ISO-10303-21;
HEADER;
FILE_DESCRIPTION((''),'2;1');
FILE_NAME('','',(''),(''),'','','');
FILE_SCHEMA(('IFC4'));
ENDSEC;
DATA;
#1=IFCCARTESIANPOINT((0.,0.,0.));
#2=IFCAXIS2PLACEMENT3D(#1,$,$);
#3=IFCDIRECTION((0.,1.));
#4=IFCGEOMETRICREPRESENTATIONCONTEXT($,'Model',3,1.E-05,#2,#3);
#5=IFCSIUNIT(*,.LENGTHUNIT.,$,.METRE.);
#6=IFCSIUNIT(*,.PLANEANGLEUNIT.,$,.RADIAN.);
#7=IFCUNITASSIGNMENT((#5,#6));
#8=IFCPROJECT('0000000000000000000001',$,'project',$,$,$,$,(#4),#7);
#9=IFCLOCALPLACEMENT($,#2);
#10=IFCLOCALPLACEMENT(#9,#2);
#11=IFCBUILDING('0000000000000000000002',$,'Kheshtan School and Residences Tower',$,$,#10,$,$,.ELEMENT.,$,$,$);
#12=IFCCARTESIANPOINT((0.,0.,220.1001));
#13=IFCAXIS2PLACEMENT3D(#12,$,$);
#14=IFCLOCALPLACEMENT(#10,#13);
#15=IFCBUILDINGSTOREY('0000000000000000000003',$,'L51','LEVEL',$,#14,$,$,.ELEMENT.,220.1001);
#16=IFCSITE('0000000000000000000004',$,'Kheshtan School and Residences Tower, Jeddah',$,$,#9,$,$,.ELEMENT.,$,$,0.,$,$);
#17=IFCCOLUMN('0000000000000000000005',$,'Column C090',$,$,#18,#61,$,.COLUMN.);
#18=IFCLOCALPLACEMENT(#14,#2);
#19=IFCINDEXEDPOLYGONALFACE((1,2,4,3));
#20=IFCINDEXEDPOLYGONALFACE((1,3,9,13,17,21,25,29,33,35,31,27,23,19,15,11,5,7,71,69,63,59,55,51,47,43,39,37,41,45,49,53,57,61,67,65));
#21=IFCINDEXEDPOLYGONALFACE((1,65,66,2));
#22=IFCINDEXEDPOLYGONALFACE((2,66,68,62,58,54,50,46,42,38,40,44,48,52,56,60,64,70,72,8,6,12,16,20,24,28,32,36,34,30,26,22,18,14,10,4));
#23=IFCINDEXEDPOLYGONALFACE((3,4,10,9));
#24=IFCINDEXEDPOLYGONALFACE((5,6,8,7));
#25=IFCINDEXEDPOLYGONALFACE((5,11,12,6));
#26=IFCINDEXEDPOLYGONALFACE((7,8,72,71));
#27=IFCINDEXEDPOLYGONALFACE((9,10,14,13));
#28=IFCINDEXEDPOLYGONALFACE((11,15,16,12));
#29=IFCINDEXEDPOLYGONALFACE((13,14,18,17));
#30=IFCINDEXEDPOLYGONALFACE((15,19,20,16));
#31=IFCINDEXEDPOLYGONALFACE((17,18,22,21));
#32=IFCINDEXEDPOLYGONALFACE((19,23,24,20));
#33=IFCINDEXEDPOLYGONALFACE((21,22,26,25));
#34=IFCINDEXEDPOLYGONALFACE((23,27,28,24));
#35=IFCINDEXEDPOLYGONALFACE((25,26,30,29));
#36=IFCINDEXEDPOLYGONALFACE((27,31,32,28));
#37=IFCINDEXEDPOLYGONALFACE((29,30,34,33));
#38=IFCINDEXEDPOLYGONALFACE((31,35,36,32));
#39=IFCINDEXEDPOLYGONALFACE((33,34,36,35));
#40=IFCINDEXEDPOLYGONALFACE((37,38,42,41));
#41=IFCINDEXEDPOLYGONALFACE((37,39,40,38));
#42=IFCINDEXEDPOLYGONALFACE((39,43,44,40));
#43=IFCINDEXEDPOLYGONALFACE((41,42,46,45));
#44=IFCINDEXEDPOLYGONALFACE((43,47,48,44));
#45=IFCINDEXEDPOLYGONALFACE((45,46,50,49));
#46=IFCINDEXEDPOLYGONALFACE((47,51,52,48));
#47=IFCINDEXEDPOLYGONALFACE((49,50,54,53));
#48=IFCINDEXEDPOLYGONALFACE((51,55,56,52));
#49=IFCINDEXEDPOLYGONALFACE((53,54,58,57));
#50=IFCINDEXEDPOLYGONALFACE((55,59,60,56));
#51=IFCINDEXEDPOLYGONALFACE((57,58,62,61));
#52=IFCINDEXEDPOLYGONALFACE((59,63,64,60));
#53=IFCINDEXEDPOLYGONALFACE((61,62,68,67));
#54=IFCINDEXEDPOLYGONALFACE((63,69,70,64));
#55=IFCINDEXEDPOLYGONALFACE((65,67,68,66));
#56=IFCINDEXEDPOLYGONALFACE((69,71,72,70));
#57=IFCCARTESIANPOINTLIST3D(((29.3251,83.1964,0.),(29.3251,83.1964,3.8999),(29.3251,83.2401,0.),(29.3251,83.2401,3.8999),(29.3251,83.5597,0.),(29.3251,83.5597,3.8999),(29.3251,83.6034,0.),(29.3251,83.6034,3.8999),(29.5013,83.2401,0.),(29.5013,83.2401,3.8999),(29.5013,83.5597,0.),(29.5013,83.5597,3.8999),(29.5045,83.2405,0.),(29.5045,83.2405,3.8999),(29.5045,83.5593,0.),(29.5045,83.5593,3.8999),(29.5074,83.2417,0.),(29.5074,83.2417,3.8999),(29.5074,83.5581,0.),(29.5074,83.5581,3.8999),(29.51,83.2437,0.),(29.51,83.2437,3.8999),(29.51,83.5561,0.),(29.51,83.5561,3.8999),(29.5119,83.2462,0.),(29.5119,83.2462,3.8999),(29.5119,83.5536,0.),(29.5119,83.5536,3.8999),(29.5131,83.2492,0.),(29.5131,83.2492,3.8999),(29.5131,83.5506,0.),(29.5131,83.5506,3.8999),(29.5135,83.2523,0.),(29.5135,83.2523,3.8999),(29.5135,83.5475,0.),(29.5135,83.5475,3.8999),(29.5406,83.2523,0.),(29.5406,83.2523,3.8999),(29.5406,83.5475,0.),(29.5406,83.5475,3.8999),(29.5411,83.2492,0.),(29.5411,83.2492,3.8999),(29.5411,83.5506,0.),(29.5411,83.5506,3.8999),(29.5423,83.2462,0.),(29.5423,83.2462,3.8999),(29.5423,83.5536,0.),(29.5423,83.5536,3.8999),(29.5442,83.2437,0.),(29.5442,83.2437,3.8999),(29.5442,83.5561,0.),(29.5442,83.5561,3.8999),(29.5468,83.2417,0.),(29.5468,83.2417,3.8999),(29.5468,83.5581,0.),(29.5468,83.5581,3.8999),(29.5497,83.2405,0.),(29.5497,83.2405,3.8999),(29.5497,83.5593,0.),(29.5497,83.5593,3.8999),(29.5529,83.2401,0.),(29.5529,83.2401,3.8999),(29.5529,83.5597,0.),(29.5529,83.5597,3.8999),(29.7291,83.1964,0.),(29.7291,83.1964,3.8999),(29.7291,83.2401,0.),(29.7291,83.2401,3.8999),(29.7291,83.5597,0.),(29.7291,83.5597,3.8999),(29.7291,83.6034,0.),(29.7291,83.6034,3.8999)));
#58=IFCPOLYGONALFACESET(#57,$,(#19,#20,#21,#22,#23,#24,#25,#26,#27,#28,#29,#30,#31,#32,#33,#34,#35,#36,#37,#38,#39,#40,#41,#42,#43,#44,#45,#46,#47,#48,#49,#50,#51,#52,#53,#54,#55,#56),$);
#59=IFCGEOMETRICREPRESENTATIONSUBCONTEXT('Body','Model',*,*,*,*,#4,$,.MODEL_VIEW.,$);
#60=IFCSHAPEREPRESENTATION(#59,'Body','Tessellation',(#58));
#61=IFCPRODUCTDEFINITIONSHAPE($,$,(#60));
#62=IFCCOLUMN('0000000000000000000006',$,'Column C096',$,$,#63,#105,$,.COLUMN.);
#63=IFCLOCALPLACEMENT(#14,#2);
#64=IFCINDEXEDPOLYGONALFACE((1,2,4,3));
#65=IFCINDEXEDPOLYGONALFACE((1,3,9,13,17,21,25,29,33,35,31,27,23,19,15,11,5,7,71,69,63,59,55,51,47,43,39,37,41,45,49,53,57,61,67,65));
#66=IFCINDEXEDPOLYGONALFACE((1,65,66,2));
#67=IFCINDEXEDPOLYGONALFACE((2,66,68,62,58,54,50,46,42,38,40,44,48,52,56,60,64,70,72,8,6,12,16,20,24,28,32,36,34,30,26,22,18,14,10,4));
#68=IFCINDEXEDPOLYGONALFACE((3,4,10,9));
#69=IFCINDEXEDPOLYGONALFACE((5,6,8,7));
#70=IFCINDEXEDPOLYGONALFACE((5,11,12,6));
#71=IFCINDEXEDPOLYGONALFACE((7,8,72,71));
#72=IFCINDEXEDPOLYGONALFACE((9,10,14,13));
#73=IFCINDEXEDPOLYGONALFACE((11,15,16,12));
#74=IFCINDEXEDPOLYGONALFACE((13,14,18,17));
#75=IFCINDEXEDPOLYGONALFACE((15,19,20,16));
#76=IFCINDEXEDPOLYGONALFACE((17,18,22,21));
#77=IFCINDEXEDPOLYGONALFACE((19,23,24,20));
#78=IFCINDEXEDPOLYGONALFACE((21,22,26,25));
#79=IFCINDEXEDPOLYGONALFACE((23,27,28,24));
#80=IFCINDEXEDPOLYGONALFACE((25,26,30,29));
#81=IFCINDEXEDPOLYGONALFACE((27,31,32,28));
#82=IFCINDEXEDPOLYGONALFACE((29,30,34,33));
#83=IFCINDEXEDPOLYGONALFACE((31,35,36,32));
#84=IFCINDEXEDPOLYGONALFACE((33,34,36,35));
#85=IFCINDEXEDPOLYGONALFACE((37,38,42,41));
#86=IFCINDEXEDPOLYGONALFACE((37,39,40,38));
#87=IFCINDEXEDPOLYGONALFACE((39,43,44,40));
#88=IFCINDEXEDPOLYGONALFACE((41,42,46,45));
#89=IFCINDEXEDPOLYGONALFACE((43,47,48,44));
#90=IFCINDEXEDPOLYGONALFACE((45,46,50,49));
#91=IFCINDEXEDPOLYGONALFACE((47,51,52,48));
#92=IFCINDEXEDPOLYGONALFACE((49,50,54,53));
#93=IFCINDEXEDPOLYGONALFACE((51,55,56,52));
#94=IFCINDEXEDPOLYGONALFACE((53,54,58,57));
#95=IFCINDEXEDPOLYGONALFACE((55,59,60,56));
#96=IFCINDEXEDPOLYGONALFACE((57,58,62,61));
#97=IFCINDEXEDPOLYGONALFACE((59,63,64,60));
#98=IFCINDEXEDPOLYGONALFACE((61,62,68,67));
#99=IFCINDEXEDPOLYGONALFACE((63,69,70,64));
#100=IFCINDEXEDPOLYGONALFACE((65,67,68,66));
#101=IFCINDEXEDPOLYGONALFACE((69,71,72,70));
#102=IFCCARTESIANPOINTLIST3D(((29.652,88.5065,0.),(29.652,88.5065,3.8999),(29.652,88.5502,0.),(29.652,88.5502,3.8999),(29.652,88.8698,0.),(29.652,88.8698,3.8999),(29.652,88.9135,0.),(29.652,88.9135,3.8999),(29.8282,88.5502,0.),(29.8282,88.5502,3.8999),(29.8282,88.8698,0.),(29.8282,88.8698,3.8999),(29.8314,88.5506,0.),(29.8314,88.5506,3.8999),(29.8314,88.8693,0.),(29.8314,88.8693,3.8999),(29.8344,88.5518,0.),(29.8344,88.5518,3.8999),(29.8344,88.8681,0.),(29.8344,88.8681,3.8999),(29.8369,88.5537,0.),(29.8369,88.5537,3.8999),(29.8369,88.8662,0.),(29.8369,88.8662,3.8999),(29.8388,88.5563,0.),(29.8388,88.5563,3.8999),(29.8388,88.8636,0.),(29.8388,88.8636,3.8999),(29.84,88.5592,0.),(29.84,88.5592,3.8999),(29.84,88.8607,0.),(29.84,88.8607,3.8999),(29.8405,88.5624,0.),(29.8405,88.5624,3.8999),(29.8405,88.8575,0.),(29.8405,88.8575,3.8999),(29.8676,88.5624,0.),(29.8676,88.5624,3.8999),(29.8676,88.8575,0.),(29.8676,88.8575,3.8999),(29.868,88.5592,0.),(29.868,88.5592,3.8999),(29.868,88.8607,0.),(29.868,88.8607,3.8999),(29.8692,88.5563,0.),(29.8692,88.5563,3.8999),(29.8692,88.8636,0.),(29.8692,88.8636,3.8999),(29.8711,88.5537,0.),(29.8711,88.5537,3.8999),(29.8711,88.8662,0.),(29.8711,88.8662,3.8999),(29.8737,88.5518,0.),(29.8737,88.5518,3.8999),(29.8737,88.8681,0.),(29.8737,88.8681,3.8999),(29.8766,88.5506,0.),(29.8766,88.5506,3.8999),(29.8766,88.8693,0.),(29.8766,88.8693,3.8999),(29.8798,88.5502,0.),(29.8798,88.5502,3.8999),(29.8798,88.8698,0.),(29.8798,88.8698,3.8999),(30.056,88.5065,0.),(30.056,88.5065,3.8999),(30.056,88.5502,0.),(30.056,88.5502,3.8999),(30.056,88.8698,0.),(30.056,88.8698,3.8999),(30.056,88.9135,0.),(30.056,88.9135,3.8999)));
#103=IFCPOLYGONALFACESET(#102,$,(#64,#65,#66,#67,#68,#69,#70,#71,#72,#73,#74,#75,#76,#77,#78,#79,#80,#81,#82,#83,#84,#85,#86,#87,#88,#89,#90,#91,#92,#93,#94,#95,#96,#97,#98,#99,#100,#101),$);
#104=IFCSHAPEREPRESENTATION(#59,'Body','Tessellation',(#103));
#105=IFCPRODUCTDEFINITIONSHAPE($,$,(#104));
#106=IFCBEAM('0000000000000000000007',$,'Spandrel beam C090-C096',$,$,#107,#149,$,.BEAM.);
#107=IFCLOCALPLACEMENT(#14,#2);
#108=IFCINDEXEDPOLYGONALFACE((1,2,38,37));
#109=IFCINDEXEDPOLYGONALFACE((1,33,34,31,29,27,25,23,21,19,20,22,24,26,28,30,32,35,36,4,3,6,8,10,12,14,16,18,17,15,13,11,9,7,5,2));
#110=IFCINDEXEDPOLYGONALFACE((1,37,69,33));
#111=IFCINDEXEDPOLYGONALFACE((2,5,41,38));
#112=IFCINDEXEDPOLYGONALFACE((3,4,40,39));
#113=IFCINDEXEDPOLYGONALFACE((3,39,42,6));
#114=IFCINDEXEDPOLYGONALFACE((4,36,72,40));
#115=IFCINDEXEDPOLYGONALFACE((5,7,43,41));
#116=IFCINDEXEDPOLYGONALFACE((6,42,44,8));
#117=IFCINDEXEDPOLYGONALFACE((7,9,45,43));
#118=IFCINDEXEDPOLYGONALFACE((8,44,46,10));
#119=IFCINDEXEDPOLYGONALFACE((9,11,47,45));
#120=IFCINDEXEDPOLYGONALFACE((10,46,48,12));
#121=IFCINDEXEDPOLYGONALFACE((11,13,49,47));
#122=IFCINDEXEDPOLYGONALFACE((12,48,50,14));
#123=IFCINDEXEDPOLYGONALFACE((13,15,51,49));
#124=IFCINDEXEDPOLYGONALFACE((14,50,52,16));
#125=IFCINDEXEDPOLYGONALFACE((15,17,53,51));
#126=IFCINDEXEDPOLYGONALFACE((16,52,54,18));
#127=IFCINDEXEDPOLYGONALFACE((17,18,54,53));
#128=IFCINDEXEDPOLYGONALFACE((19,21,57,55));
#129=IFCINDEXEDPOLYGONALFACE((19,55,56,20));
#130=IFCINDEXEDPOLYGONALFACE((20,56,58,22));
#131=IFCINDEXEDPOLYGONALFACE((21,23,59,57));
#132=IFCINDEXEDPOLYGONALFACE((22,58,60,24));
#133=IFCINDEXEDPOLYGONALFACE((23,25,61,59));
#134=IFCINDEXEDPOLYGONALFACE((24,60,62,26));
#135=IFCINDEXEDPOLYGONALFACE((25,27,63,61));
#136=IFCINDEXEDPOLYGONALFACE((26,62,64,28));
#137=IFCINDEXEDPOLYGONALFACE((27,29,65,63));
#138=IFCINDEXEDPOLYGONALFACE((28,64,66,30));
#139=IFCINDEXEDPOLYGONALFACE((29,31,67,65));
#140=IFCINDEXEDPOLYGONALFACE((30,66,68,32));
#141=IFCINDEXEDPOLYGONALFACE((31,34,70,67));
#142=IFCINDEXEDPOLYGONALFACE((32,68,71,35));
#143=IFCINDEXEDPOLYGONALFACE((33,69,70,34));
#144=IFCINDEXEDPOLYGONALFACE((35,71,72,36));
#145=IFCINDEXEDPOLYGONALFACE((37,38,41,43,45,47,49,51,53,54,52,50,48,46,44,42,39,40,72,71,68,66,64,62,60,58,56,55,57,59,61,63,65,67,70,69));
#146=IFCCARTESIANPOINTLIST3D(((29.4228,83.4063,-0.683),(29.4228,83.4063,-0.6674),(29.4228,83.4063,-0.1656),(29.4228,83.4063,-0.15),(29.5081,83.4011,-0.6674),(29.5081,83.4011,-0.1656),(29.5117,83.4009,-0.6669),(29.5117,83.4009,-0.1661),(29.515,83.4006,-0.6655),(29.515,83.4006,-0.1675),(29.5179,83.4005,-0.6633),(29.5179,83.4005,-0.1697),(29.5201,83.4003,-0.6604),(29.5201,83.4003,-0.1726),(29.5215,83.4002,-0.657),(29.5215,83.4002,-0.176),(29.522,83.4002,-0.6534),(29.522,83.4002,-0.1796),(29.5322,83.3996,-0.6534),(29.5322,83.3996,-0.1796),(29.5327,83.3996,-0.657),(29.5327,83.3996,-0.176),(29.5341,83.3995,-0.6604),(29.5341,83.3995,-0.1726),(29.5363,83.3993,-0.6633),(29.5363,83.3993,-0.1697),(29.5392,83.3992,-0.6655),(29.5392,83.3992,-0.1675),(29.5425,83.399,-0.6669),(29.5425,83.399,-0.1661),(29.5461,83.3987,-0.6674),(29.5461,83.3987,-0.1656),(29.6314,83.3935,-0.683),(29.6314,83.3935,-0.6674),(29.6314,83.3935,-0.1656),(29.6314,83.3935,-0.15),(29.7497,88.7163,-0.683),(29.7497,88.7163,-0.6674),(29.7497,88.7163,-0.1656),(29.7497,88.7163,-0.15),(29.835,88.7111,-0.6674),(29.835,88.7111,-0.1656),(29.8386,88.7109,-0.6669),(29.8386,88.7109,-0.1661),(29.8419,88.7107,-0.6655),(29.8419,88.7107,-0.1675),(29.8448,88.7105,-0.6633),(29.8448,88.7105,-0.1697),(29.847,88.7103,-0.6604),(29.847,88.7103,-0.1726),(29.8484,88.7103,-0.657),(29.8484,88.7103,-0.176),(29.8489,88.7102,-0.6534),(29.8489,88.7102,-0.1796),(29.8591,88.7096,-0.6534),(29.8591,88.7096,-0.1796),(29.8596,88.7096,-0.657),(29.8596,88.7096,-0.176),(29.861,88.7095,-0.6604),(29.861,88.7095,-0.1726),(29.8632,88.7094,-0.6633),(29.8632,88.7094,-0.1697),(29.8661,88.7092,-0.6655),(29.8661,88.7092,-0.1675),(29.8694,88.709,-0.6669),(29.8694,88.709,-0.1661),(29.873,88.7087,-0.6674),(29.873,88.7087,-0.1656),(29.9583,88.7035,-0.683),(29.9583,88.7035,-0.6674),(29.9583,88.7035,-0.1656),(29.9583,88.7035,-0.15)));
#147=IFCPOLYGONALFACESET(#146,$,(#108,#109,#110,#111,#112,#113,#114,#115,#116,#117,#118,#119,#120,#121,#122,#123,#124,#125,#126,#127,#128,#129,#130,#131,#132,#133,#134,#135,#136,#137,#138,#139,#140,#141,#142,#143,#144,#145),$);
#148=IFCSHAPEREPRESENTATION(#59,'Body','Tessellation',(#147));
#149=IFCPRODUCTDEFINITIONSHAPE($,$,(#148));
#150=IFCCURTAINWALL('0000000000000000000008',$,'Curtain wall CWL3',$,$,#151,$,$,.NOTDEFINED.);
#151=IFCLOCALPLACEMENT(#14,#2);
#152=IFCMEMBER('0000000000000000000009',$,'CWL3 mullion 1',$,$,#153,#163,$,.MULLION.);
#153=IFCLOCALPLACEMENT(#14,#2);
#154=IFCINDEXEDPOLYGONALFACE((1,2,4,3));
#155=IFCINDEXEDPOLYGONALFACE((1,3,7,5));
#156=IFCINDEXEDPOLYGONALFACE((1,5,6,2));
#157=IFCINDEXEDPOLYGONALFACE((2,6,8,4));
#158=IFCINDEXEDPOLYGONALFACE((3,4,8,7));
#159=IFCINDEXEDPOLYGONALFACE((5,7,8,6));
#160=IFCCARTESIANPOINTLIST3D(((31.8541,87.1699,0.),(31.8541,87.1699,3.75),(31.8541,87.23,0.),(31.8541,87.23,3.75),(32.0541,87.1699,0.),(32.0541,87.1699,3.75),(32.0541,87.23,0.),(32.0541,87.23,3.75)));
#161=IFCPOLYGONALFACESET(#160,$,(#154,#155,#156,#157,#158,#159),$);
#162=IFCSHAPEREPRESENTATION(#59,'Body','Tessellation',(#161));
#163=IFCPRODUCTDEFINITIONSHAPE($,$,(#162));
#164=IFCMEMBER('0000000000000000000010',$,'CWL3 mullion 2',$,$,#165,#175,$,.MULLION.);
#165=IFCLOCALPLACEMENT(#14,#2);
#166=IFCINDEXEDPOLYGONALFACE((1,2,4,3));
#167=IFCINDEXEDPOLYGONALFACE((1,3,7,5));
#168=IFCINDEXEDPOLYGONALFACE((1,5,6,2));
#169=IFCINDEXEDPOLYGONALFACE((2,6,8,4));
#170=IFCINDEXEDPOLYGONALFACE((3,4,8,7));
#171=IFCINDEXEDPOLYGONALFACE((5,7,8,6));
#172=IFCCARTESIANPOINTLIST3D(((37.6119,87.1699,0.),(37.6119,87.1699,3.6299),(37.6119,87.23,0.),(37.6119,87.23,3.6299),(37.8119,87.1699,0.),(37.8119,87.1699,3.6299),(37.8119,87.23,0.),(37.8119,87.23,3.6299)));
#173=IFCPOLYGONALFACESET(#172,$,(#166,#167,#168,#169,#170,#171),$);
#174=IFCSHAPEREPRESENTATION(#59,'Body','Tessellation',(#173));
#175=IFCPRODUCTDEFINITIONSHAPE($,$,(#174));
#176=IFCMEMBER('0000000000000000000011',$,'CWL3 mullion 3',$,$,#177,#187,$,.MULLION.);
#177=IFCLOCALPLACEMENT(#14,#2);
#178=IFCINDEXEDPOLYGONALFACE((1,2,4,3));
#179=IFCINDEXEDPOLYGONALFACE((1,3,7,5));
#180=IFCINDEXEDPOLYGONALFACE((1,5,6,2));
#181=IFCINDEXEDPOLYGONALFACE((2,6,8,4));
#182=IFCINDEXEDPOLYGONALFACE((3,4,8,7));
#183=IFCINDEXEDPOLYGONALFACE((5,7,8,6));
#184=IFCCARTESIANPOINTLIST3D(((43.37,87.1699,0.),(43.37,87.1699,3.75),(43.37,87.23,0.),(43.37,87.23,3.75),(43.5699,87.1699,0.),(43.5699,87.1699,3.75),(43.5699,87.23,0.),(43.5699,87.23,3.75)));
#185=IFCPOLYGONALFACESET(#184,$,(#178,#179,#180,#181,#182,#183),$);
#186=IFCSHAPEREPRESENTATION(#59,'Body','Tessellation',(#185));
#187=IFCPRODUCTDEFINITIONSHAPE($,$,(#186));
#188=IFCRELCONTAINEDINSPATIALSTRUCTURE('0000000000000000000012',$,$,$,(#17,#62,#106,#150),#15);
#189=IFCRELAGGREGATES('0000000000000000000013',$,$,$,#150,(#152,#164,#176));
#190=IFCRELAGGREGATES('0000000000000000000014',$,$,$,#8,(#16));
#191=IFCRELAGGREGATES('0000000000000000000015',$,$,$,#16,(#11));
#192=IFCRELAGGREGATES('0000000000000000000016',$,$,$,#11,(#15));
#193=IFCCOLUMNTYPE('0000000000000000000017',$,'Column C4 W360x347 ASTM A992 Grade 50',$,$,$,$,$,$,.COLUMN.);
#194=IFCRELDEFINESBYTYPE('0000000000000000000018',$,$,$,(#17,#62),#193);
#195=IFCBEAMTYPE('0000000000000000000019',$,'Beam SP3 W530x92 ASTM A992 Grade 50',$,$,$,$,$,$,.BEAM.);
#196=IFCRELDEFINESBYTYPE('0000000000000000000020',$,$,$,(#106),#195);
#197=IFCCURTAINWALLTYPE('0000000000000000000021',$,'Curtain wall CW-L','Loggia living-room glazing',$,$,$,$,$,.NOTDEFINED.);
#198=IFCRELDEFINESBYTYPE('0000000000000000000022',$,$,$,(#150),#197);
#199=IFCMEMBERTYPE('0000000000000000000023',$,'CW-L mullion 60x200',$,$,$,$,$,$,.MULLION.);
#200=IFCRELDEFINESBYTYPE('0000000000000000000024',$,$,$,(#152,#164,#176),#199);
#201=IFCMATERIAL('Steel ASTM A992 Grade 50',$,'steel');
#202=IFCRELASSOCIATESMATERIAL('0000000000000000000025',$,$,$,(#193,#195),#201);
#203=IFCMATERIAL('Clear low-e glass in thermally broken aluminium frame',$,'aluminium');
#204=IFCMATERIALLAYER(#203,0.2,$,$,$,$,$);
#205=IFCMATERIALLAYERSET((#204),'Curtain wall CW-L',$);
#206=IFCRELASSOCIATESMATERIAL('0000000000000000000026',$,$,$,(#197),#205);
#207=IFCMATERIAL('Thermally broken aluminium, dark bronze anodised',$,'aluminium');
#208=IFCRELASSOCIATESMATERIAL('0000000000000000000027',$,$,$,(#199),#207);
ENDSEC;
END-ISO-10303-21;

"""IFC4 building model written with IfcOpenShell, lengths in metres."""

from ifc_helpers import new_model, si_unit, direction, frame, origin, origin_2d, place, context, subcontext, project, spatial, rectangle, i_section, extrude, material, layer, layer_set, material_profile, profile_set, type_object, element, aggregate, save


model = new_model("IFC4")

# Units and contexts
model_context = context("Model", 3, precision=1e-05, world=origin(), true_north=direction((0.0, 1.0)))
body_context = subcontext(model_context, "Body", "Model", "MODEL_VIEW")
ifc_project = project(units=[si_unit("LENGTHUNIT", "METRE"), si_unit("PLANEANGLEUNIT", "RADIAN")], contexts=[model_context])

# Site, building, storey
site_placement = place(None, origin())
site = spatial("IfcSite", under=ifc_project, at=site_placement, Name="Kheshtan School and Residences Tower, Jeddah", CompositionType="ELEMENT", RefElevation=0.0)
building_placement = place(site_placement, origin())
building = spatial("IfcBuilding", under=site, at=building_placement, Name="Kheshtan School and Residences Tower", CompositionType="ELEMENT")
storey_placement = place(building_placement, frame((0.0, 0.0, 220.1001)))
storey = spatial("IfcBuildingStorey", under=building, at=storey_placement, Name="L51", Description="LEVEL", CompositionType="ELEMENT", Elevation=220.1001)

# Columns
ifc_material_1 = material(Name="Steel ASTM A992 Grade 50", Category="steel")
ifc_material_profile_1 = material_profile(ifc_material_1, i_section(OverallWidth=0.4041, OverallDepth=0.407, WebThickness=0.0271, FlangeThickness=0.0437, FilletRadius=0.0122, at=origin_2d()), Name="W360x347")
ifc_profile_set_1 = profile_set([ifc_material_profile_1], Name="Steel ASTM A992 Grade 50")
column_type = type_object("IfcColumnType", Name="Column C4 W360x347 ASTM A992 Grade 50", PredefinedType="COLUMN", material=ifc_profile_set_1)
for number, where, z_axis, x_axis, name in (
    (1, (29.5271, 83.3999, 0.0), (0.0, 0.0, 1.0), (1.0, 0.0, 0.0), "Column C090"),
    (2, (29.854, 88.71, 0.0), (0.0, 0.0, 1.0), (1.0, 0.0, 0.0), "Column C096"),
):
    element("IfcColumn", number, at=place(storey_placement, frame(where, z_axis=z_axis, x_axis=x_axis)), inside=storey, type_object=column_type, Name=name, PredefinedType="COLUMN", context=body_context, shape_type="SweptSolid", body=[
        extrude(i_section(OverallWidth=0.4041, OverallDepth=0.407, WebThickness=0.0271, FlangeThickness=0.0437, FilletRadius=0.0122, at=origin_2d()), origin(), (0.0, 0.0, 1.0), 3.8999),
    ])

# Beam
ifc_material_profile_2 = material_profile(ifc_material_1, i_section(OverallWidth=0.209, OverallDepth=0.533, WebThickness=0.0103, FlangeThickness=0.0156, FilletRadius=0.0139, at=origin_2d()), Name="W530x92")
ifc_profile_set_2 = profile_set([ifc_material_profile_2], Name="Steel ASTM A992 Grade 50")
beam_type_1 = type_object("IfcBeamType", Name="Beam SP3 W530x92 ASTM A992 Grade 50", PredefinedType="BEAM", material=ifc_profile_set_2)
beam_1_placement = place(storey_placement, frame((29.5271, 83.3999, -0.4165), z_axis=(0.061447, 0.99811, 0.0), x_axis=(-0.99811, 0.061447, 0.0)))
element("IfcBeam", 3, at=beam_1_placement, inside=storey, type_object=beam_type_1, Name="Spandrel beam C090-C096", PredefinedType="BEAM", context=body_context, shape_type="SweptSolid", body=[
    extrude(i_section(OverallWidth=0.209, OverallDepth=0.533, WebThickness=0.0103, FlangeThickness=0.0156, FilletRadius=0.0139, at=origin_2d()), origin(), (0.0, 0.0, 1.0), 5.3201),
])

# Curtain wall, members
ifc_material_2 = material(Name="Clear low-e glass in thermally broken aluminium frame", Category="aluminium")
ifc_layer_1 = layer(ifc_material_2, 0.2)
ifc_layer_set_1 = layer_set([ifc_layer_1], Name="Curtain wall CW-L")
curtain_wall_type = type_object("IfcCurtainWallType", Name="Curtain wall CW-L", Description="Loggia living-room glazing", PredefinedType="NOTDEFINED", material=ifc_layer_set_1)
curtain_wall_placement = place(storey_placement, origin())
curtain_wall = element("IfcCurtainWall", 4, at=curtain_wall_placement, inside=storey, type_object=curtain_wall_type, Name="Curtain wall CWL3", PredefinedType="NOTDEFINED")
ifc_material_3 = material(Name="Thermally broken aluminium, dark bronze anodised", Category="aluminium")
ifc_material_profile_3 = material_profile(ifc_material_3, rectangle(XDim=0.0601, YDim=0.2, at=origin_2d()), Name="CW-L mullion 60x200")
ifc_profile_set_3 = profile_set([ifc_material_profile_3], Name="Thermally broken aluminium, dark bronze anodised")
member_type_1 = type_object("IfcMemberType", Name="CW-L mullion 60x200", PredefinedType="MULLION", material=ifc_profile_set_3)
member_1_placement = place(storey_placement, frame((31.9541, 87.2, 0.0), z_axis=(0.0, 0.0, 1.0), x_axis=(0.0, 1.0, 0.0)))
member_1 = element("IfcMember", 5, at=member_1_placement, type_object=member_type_1, Name="CWL3 mullion 1", PredefinedType="MULLION", context=body_context, shape_type="SweptSolid", body=[
    extrude(rectangle(XDim=0.0601, YDim=0.2, at=origin_2d()), origin(), (0.0, 0.0, 1.0), 3.75),
])
member_2_placement = place(storey_placement, frame((37.7119, 87.2, 0.0), z_axis=(0.0, 0.0, 1.0), x_axis=(0.0, 1.0, 0.0)))
member_2 = element("IfcMember", 6, at=member_2_placement, type_object=member_type_1, Name="CWL3 mullion 2", PredefinedType="MULLION", context=body_context, shape_type="SweptSolid", body=[
    extrude(rectangle(XDim=0.0601, YDim=0.2, at=origin_2d()), origin(), (0.0, 0.0, 1.0), 3.6299),
])
member_3_placement = place(storey_placement, frame((43.47, 87.2, 0.0), z_axis=(0.0, 0.0, 1.0), x_axis=(0.0, 1.0, 0.0)))
member_3 = element("IfcMember", 7, at=member_3_placement, type_object=member_type_1, Name="CWL3 mullion 3", PredefinedType="MULLION", context=body_context, shape_type="SweptSolid", body=[
    extrude(rectangle(XDim=0.0601, YDim=0.2, at=origin_2d()), origin(), (0.0, 0.0, 1.0), 3.75),
])

aggregate(curtain_wall, [member_1, member_2, member_3])

save(model, "model.ifc")
